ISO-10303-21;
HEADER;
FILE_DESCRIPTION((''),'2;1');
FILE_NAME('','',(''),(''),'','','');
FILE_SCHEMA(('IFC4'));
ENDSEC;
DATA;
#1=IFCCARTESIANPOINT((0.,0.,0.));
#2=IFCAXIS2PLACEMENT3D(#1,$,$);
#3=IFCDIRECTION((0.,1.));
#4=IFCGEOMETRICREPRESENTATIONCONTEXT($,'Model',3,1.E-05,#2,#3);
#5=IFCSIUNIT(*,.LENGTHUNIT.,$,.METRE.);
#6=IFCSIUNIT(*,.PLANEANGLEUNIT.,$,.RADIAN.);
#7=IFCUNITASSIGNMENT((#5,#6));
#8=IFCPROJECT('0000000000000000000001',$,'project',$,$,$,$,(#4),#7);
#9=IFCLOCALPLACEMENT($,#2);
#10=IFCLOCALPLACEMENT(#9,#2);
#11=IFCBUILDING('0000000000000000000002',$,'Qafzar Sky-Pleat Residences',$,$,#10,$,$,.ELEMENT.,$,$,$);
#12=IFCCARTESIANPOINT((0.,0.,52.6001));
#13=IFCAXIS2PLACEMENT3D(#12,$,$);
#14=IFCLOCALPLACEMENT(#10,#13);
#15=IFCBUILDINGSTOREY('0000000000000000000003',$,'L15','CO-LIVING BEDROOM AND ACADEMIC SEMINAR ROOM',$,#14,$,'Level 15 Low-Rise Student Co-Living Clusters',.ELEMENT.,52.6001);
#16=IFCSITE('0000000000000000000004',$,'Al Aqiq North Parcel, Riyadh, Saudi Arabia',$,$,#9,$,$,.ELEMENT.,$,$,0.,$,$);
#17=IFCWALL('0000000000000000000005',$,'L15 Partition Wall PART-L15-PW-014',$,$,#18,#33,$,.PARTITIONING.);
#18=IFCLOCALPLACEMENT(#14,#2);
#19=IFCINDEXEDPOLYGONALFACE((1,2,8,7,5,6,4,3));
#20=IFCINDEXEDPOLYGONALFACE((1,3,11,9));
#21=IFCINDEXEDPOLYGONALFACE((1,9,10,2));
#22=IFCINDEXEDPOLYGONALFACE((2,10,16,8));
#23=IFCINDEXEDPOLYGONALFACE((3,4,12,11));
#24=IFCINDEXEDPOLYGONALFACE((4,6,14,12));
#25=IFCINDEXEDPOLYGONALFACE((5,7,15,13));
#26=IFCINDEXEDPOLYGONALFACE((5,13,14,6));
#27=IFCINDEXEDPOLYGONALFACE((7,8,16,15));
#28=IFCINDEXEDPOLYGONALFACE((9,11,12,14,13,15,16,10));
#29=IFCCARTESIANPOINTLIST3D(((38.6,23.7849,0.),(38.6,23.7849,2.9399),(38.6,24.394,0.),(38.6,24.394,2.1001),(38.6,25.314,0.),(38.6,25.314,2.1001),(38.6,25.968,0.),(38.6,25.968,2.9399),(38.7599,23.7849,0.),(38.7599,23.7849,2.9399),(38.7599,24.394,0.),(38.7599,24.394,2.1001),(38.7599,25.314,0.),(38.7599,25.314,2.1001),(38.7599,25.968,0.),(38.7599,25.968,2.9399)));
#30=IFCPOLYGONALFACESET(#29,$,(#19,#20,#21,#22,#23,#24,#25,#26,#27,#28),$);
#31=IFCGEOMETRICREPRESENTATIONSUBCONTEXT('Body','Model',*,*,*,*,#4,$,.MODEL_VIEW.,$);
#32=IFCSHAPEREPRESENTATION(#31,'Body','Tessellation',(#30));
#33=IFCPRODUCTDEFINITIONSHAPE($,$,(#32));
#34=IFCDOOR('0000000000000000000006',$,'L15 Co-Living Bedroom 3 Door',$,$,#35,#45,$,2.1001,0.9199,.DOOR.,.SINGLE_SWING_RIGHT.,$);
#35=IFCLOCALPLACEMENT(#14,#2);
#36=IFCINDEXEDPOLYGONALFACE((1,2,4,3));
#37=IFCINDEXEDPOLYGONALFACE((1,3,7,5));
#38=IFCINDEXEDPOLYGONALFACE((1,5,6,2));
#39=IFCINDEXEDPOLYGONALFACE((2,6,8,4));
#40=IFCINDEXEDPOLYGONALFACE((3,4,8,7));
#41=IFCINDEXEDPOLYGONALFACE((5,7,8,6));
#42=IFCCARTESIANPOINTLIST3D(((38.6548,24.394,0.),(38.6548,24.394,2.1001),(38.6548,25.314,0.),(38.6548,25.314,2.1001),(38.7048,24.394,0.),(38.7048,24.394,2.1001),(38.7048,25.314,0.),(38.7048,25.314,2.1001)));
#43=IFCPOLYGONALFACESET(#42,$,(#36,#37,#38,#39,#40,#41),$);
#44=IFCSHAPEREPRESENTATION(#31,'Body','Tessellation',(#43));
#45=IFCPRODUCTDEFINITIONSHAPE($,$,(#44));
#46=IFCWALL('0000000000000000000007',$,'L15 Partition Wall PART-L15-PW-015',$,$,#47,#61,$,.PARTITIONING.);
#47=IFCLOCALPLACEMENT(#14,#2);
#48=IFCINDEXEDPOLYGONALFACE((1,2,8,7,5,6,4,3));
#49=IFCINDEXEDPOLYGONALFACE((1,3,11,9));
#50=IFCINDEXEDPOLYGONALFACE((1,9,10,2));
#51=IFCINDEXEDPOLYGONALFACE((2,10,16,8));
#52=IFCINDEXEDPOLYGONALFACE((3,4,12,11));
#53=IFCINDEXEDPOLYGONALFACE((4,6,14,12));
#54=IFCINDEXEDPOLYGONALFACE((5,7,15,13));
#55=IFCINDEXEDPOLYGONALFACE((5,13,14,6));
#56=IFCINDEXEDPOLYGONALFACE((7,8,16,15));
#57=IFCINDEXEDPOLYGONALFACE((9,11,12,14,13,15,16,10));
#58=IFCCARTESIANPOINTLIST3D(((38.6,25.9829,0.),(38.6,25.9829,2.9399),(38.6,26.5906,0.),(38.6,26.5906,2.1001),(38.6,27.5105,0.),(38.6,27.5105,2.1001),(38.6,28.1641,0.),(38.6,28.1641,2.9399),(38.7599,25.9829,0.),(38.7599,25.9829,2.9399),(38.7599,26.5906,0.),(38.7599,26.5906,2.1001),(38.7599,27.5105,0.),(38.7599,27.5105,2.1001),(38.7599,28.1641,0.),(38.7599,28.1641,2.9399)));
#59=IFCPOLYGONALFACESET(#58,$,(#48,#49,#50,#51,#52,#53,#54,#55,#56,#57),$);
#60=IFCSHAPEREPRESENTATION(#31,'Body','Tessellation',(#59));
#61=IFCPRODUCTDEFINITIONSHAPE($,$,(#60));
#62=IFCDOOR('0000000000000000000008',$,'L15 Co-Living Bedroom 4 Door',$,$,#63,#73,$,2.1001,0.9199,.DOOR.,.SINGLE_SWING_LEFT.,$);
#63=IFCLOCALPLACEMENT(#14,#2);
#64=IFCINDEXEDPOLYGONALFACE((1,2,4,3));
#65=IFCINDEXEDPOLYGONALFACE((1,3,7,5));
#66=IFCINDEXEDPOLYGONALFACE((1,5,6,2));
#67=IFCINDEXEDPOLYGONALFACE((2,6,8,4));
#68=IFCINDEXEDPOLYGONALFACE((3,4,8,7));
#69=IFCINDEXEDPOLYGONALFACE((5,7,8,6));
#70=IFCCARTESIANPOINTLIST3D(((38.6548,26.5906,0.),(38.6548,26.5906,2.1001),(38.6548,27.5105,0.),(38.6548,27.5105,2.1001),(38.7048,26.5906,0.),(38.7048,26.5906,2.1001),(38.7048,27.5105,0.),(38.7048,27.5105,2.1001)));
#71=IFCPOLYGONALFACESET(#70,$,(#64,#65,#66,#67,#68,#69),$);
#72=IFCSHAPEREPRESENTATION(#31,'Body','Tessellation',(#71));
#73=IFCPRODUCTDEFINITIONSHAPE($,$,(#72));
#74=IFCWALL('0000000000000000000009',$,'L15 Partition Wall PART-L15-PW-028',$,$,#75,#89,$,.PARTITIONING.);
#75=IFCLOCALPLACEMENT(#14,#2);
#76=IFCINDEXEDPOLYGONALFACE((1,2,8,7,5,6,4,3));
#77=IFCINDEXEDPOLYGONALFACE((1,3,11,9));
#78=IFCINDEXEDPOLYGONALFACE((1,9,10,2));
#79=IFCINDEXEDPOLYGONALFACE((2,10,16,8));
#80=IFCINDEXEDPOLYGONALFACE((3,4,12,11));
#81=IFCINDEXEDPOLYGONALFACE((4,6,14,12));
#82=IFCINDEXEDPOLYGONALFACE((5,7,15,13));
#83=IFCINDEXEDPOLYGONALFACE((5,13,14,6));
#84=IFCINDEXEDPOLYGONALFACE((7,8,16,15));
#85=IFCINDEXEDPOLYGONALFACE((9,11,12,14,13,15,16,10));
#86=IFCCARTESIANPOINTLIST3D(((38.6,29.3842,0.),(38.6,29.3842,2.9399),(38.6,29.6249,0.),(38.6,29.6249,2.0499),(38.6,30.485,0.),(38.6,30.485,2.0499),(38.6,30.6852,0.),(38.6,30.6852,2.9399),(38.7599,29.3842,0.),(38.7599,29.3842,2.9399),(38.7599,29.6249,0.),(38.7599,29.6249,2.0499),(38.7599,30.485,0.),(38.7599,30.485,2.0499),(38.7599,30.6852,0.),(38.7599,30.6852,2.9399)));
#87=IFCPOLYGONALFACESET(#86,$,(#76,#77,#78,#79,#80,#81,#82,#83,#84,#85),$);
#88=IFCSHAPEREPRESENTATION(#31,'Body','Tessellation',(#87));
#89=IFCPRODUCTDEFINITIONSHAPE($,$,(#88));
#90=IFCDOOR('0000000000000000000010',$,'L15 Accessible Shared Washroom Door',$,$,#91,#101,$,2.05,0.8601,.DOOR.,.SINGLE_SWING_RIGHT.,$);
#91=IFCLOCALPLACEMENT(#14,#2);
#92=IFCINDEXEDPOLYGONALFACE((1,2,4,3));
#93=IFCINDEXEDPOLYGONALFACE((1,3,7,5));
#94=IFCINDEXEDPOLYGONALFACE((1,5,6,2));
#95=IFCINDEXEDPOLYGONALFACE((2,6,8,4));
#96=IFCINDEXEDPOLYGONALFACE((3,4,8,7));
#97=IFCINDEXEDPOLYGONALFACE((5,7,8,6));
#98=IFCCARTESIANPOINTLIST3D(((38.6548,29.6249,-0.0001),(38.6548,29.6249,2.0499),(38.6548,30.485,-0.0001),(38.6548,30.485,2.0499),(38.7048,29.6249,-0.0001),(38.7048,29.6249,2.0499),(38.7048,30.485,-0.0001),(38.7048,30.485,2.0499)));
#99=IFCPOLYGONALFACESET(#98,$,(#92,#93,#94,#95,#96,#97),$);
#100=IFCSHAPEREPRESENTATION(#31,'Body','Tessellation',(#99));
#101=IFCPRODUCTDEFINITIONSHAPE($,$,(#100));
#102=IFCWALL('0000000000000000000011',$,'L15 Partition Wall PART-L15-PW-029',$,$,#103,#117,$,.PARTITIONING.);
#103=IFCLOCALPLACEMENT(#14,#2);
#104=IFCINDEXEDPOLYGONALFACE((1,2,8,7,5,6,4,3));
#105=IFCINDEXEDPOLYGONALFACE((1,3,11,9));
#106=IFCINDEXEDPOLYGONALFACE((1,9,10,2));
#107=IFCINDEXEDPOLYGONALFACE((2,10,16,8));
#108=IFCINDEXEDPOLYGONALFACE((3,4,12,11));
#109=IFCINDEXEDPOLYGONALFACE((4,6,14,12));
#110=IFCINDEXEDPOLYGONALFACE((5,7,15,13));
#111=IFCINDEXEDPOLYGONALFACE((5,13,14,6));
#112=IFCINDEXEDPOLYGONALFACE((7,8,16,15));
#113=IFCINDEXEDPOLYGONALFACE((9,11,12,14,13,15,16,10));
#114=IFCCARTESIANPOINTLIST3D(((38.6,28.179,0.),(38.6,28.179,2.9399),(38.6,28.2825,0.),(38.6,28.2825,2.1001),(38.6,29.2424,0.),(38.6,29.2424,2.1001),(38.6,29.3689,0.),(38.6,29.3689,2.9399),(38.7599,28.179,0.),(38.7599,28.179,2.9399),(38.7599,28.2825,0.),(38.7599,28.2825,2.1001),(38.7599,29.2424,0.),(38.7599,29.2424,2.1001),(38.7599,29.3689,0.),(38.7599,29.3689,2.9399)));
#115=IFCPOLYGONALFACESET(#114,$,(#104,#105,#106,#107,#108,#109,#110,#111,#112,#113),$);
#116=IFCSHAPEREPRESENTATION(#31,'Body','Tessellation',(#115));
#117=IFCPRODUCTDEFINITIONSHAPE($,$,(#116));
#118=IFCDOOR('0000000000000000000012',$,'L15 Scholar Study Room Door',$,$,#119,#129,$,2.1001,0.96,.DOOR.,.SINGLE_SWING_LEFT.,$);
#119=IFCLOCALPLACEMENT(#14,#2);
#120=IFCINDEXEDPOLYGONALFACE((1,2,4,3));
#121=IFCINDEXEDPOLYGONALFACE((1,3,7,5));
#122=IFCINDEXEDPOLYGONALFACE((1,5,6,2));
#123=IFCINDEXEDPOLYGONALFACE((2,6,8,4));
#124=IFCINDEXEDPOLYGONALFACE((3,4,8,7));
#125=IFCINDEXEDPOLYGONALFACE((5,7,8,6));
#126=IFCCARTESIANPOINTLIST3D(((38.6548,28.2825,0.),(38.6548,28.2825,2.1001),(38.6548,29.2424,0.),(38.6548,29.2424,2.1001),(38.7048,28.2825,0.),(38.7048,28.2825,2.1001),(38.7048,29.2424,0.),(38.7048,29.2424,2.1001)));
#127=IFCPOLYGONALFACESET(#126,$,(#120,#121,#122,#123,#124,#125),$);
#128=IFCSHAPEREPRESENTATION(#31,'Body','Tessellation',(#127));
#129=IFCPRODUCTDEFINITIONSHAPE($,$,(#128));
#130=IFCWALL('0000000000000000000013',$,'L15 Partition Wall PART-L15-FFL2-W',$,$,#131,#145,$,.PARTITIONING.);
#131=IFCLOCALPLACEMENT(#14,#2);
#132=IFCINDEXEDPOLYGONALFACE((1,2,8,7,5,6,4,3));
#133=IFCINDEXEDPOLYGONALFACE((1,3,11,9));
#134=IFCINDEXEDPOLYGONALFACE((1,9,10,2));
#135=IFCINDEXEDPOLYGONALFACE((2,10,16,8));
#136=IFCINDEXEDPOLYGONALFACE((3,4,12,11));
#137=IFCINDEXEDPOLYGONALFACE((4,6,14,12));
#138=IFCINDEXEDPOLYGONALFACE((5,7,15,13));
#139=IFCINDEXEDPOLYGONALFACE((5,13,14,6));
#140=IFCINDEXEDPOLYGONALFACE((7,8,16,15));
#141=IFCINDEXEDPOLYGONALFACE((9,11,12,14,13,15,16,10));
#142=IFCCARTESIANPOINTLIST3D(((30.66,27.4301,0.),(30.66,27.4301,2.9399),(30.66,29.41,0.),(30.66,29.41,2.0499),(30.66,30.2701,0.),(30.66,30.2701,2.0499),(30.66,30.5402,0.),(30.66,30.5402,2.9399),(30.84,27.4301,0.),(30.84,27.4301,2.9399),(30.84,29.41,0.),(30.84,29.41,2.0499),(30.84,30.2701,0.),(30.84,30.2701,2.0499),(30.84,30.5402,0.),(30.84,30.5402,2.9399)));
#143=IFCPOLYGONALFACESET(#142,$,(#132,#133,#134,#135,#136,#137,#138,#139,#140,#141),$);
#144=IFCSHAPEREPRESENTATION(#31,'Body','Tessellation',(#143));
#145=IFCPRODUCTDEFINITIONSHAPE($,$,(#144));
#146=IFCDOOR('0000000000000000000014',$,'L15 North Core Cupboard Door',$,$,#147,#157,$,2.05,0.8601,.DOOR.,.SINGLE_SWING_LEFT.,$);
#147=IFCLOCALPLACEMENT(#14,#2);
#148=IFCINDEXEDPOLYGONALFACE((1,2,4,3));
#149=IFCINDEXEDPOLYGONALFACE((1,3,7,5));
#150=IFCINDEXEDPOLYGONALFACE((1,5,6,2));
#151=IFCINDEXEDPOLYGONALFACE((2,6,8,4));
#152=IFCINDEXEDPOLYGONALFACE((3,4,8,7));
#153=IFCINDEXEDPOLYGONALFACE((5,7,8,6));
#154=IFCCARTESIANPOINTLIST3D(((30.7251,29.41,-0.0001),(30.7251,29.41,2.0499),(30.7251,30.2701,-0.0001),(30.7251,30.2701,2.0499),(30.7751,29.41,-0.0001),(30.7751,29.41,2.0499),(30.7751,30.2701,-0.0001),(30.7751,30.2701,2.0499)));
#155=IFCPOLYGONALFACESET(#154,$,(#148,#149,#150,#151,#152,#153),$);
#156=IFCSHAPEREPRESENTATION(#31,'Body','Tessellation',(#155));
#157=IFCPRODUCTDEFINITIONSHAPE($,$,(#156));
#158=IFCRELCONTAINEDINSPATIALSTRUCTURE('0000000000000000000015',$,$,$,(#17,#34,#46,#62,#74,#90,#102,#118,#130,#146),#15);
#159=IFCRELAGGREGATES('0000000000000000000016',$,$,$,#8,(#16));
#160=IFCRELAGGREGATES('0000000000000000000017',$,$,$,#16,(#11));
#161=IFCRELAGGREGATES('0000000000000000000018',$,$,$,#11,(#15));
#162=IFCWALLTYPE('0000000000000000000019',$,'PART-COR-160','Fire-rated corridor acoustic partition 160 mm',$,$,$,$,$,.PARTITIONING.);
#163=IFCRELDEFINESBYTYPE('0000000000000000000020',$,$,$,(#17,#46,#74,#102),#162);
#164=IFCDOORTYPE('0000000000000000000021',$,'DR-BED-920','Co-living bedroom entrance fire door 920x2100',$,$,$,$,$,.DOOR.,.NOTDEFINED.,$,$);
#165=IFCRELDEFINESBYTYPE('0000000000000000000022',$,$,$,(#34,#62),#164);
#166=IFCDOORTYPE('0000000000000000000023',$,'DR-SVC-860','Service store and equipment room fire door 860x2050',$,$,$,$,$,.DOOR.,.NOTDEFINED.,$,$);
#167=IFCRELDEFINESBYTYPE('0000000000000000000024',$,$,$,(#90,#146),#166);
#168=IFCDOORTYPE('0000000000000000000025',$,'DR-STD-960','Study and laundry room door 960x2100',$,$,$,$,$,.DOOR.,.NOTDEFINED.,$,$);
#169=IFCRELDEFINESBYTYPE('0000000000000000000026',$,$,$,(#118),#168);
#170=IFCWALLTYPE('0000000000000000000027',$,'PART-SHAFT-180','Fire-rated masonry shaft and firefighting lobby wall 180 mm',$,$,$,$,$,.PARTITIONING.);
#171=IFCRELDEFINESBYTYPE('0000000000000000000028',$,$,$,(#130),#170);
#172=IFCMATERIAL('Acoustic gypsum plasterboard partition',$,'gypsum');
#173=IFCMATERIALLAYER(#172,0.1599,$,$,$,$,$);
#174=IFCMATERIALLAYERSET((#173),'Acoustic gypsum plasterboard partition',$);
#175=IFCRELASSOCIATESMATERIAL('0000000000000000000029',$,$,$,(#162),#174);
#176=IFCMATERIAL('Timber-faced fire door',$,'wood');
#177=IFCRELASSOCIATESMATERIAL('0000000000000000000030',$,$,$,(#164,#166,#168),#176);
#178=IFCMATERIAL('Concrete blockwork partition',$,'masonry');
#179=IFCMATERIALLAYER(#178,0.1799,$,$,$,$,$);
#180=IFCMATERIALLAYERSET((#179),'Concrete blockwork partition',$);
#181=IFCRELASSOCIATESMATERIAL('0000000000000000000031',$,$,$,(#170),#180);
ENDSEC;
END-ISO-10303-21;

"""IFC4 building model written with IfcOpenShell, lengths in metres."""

from ifc_helpers import new_model, si_unit, direction, frame, frame_2d, origin, place, context, subcontext, project, spatial, rectangle, extrude, source, transform, mapped, material, layer, layer_set, type_object, element, fill, save


model = new_model("IFC4")

# Units and contexts
model_context = context("Model", 3, precision=1e-05, world=origin(), true_north=direction((0.0, 1.0)))
body_context = subcontext(model_context, "Body", "Model", "MODEL_VIEW")
ifc_project = project(units=[si_unit("LENGTHUNIT", "METRE"), si_unit("PLANEANGLEUNIT", "RADIAN")], contexts=[model_context])

# Site, building, storey
site_placement = place(None, origin())
site = spatial("IfcSite", under=ifc_project, at=site_placement, Name="Al Aqiq North Parcel, Riyadh, Saudi Arabia", CompositionType="ELEMENT", RefElevation=0.0)
building_placement = place(site_placement, origin())
building = spatial("IfcBuilding", under=site, at=building_placement, Name="Qafzar Sky-Pleat Residences", CompositionType="ELEMENT")
storey_placement = place(building_placement, frame((0.0, 0.0, 52.6001)))
storey = spatial("IfcBuildingStorey", under=building, at=storey_placement, Name="L15", Description="CO-LIVING BEDROOM AND ACADEMIC SEMINAR ROOM", LongName="Level 15 Low-Rise Student Co-Living Clusters", CompositionType="ELEMENT", Elevation=52.6001)

# Walls, openings, doors
ifc_material_1 = material(Name="Acoustic gypsum plasterboard partition", Category="gypsum")
ifc_layer_1 = layer(ifc_material_1, 0.1599)
ifc_layer_set_1 = layer_set([ifc_layer_1], Name="Acoustic gypsum plasterboard partition")
wall_type_1 = type_object("IfcWallType", Name="PART-COR-160", Description="Fire-rated corridor acoustic partition 160 mm", PredefinedType="PARTITIONING", material=ifc_layer_set_1)
wall_1_placement = place(storey_placement, frame((38.6799, 25.968, 0.0), z_axis=(0.0, 0.0, 1.0), x_axis=(0.0, -1.0, 0.0)))
wall_1 = element("IfcWall", 1, at=wall_1_placement, inside=storey, type_object=wall_type_1, Name="L15 Partition Wall PART-L15-PW-014", PredefinedType="PARTITIONING", context=body_context, shape_type="SweptSolid", body=[
    extrude(rectangle(XDim=2.1831, YDim=0.1599, at=frame_2d((1.0916, 0.0))), origin(), (0.0, 0.0, 1.0), 2.9399),
])
opening_1_placement = place(wall_1_placement, frame((0.6541, 0.0, 0.0)))
opening_1 = element("IfcOpeningElement", 2, at=opening_1_placement, cuts=wall_1, PredefinedType="OPENING", context=body_context, shape_type="SweptSolid", body=[
    extrude(rectangle(XDim=0.9199, YDim=2.1001, at=frame_2d((0.46, 1.05))), frame((0.0, 0.0898, 0.0), z_axis=(0.0, -1.0, 0.0), x_axis=(1.0, 0.0, 0.0)), (0.0, 0.0, 1.0), 0.1799),
])
ifc_material_2 = material(Name="Timber-faced fire door", Category="wood")
door_type_1 = type_object("IfcDoorType", Name="DR-BED-920", Description="Co-living bedroom entrance fire door 920x2100", OperationType="NOTDEFINED", PredefinedType="DOOR", material=ifc_material_2)
shared_shape_1 = source(origin(), body_context, "Body", "SweptSolid", [
    extrude(rectangle(XDim=0.9199, YDim=2.1001, at=frame_2d((0.46, 1.05))), frame((0.0, 0.0249, 0.0), z_axis=(0.0, -1.0, 0.0), x_axis=(1.0, 0.0, 0.0)), (0.0, 0.0, 1.0), 0.05),
])
door_1_placement = place(opening_1_placement, origin())
door_1 = element("IfcDoor", 3, at=door_1_placement, inside=storey, type_object=door_type_1, Name="L15 Co-Living Bedroom 3 Door", OperationType="SINGLE_SWING_RIGHT", OverallHeight=2.1001, OverallWidth=0.9199, PredefinedType="DOOR", context=body_context, shape_type="MappedRepresentation", body=[
    mapped(shared_shape_1, transform((0.0, 0.0, 0.0), x_axis=(1.0, 0.0, 0.0), y_axis=(0.0, 1.0, 0.0), z_axis=(0.0, 0.0, 1.0), scale=1.0)),
])
fill(opening_1, door_1)
wall_2_placement = place(storey_placement, frame((38.6799, 28.1641, 0.0), z_axis=(0.0, 0.0, 1.0), x_axis=(0.0, -1.0, 0.0)))
wall_2 = element("IfcWall", 4, at=wall_2_placement, inside=storey, type_object=wall_type_1, Name="L15 Partition Wall PART-L15-PW-015", PredefinedType="PARTITIONING", context=body_context, shape_type="SweptSolid", body=[
    extrude(rectangle(XDim=2.1812, YDim=0.1599, at=frame_2d((1.0906, 0.0))), origin(), (0.0, 0.0, 1.0), 2.9399),
])
opening_2_placement = place(wall_2_placement, frame((0.6536, 0.0, 0.0)))
opening_2 = element("IfcOpeningElement", 5, at=opening_2_placement, cuts=wall_2, PredefinedType="OPENING", context=body_context, shape_type="SweptSolid", body=[
    extrude(rectangle(XDim=0.9199, YDim=2.1001, at=frame_2d((0.46, 1.05))), frame((0.0, 0.0898, 0.0), z_axis=(0.0, -1.0, 0.0), x_axis=(1.0, 0.0, 0.0)), (0.0, 0.0, 1.0), 0.1799),
])
door_2_placement = place(opening_2_placement, origin())
door_2 = element("IfcDoor", 6, at=door_2_placement, inside=storey, type_object=door_type_1, Name="L15 Co-Living Bedroom 4 Door", OperationType="SINGLE_SWING_LEFT", OverallHeight=2.1001, OverallWidth=0.9199, PredefinedType="DOOR", context=body_context, shape_type="MappedRepresentation", body=[
    mapped(shared_shape_1, transform((0.0, 0.0, 0.0), x_axis=(1.0, 0.0, 0.0), y_axis=(0.0, 1.0, 0.0), z_axis=(0.0, 0.0, 1.0), scale=1.0)),
])
fill(opening_2, door_2)
wall_3_placement = place(storey_placement, frame((38.6799, 30.6851, 0.0), z_axis=(0.0, 0.0, 1.0), x_axis=(0.0, -1.0, 0.0)))
wall_3 = element("IfcWall", 7, at=wall_3_placement, inside=storey, type_object=wall_type_1, Name="L15 Partition Wall PART-L15-PW-028", PredefinedType="PARTITIONING", context=body_context, shape_type="SweptSolid", body=[
    extrude(rectangle(XDim=1.301, YDim=0.1599, at=frame_2d((0.6504, 0.0))), origin(), (0.0, 0.0, 1.0), 2.9399),
])
opening_3_placement = place(wall_3_placement, frame((0.2, 0.0, 0.0)))
opening_3 = element("IfcOpeningElement", 8, at=opening_3_placement, cuts=wall_3, PredefinedType="OPENING", context=body_context, shape_type="SweptSolid", body=[
    extrude(rectangle(XDim=0.8601, YDim=2.05, at=frame_2d((0.4302, 1.0249))), frame((0.0, 0.0898, 0.0), z_axis=(0.0, -1.0, 0.0), x_axis=(1.0, 0.0, 0.0)), (0.0, 0.0, 1.0), 0.1799),
])
door_type_2 = type_object("IfcDoorType", Name="DR-SVC-860", Description="Service store and equipment room fire door 860x2050", OperationType="NOTDEFINED", PredefinedType="DOOR", material=ifc_material_2)
shared_shape_2 = source(origin(), body_context, "Body", "SweptSolid", [
    extrude(rectangle(XDim=0.8601, YDim=2.05, at=frame_2d((0.4302, 1.0249))), frame((0.0, 0.0249, 0.0), z_axis=(0.0, -1.0, 0.0), x_axis=(1.0, 0.0, 0.0)), (0.0, 0.0, 1.0), 0.05),
])
door_3_placement = place(opening_3_placement, origin())
door_3 = element("IfcDoor", 9, at=door_3_placement, inside=storey, type_object=door_type_2, Name="L15 Accessible Shared Washroom Door", OperationType="SINGLE_SWING_RIGHT", OverallHeight=2.05, OverallWidth=0.8601, PredefinedType="DOOR", context=body_context, shape_type="MappedRepresentation", body=[
    mapped(shared_shape_2, transform((0.0, 0.0, 0.0), x_axis=(1.0, 0.0, 0.0), y_axis=(0.0, 1.0, 0.0), z_axis=(0.0, 0.0, 1.0), scale=1.0)),
])
fill(opening_3, door_3)
wall_4_placement = place(storey_placement, frame((38.6799, 29.3689, 0.0), z_axis=(0.0, 0.0, 1.0), x_axis=(0.0, -1.0, 0.0)))
wall_4 = element("IfcWall", 10, at=wall_4_placement, inside=storey, type_object=wall_type_1, Name="L15 Partition Wall PART-L15-PW-029", PredefinedType="PARTITIONING", context=body_context, shape_type="SweptSolid", body=[
    extrude(rectangle(XDim=1.1899, YDim=0.1599, at=frame_2d((0.595, 0.0))), origin(), (0.0, 0.0, 1.0), 2.9399),
])
opening_4_placement = place(wall_4_placement, frame((0.1265, 0.0, 0.0)))
opening_4 = element("IfcOpeningElement", 11, at=opening_4_placement, cuts=wall_4, PredefinedType="OPENING", context=body_context, shape_type="SweptSolid", body=[
    extrude(rectangle(XDim=0.96, YDim=2.1001, at=frame_2d((0.48, 1.05))), frame((0.0, 0.0898, 0.0), z_axis=(0.0, -1.0, 0.0), x_axis=(1.0, 0.0, 0.0)), (0.0, 0.0, 1.0), 0.1799),
])
door_type_3 = type_object("IfcDoorType", Name="DR-STD-960", Description="Study and laundry room door 960x2100", OperationType="NOTDEFINED", PredefinedType="DOOR", material=ifc_material_2)
shared_shape_3 = source(origin(), body_context, "Body", "SweptSolid", [
    extrude(rectangle(XDim=0.96, YDim=2.1001, at=frame_2d((0.48, 1.05))), frame((0.0, 0.0249, 0.0), z_axis=(0.0, -1.0, 0.0), x_axis=(1.0, 0.0, 0.0)), (0.0, 0.0, 1.0), 0.05),
])
door_4_placement = place(opening_4_placement, origin())
door_4 = element("IfcDoor", 12, at=door_4_placement, inside=storey, type_object=door_type_3, Name="L15 Scholar Study Room Door", OperationType="SINGLE_SWING_LEFT", OverallHeight=2.1001, OverallWidth=0.96, PredefinedType="DOOR", context=body_context, shape_type="MappedRepresentation", body=[
    mapped(shared_shape_3, transform((0.0, 0.0, 0.0), x_axis=(1.0, 0.0, 0.0), y_axis=(0.0, 1.0, 0.0), z_axis=(0.0, 0.0, 1.0), scale=1.0)),
])
fill(opening_4, door_4)
ifc_material_3 = material(Name="Concrete blockwork partition", Category="masonry")
ifc_layer_2 = layer(ifc_material_3, 0.1799)
ifc_layer_set_2 = layer_set([ifc_layer_2], Name="Concrete blockwork partition")
wall_type_2 = type_object("IfcWallType", Name="PART-SHAFT-180", Description="Fire-rated masonry shaft and firefighting lobby wall 180 mm", PredefinedType="PARTITIONING", material=ifc_layer_set_2)
wall_5_placement = place(storey_placement, frame((30.75, 27.4299, 0.0), z_axis=(0.0, 0.0, 1.0), x_axis=(0.0, 1.0, 0.0)))
wall_5 = element("IfcWall", 13, at=wall_5_placement, inside=storey, type_object=wall_type_2, Name="L15 Partition Wall PART-L15-FFL2-W", PredefinedType="PARTITIONING", context=body_context, shape_type="SweptSolid", body=[
    extrude(rectangle(XDim=3.1101, YDim=0.1799, at=frame_2d((1.5552, 0.0))), origin(), (0.0, 0.0, 1.0), 2.9399),
])
opening_5_placement = place(wall_5_placement, frame((1.98, 0.0, 0.0)))
opening_5 = element("IfcOpeningElement", 14, at=opening_5_placement, cuts=wall_5, PredefinedType="OPENING", context=body_context, shape_type="SweptSolid", body=[
    extrude(rectangle(XDim=0.8601, YDim=2.05, at=frame_2d((0.4302, 1.0249))), frame((0.0, 0.1001, 0.0), z_axis=(0.0, -1.0, 0.0), x_axis=(1.0, 0.0, 0.0)), (0.0, 0.0, 1.0), 0.2),
])
door_5_placement = place(opening_5_placement, origin())
door_5 = element("IfcDoor", 15, at=door_5_placement, inside=storey, type_object=door_type_2, Name="L15 North Core Cupboard Door", OperationType="SINGLE_SWING_LEFT", OverallHeight=2.05, OverallWidth=0.8601, PredefinedType="DOOR", context=body_context, shape_type="MappedRepresentation", body=[
    mapped(shared_shape_2, transform((0.0, 0.0, 0.0), x_axis=(1.0, 0.0, 0.0), y_axis=(0.0, 1.0, 0.0), z_axis=(0.0, 0.0, 1.0), scale=1.0)),
])
fill(opening_5, door_5)

save(model, "model.ifc")
